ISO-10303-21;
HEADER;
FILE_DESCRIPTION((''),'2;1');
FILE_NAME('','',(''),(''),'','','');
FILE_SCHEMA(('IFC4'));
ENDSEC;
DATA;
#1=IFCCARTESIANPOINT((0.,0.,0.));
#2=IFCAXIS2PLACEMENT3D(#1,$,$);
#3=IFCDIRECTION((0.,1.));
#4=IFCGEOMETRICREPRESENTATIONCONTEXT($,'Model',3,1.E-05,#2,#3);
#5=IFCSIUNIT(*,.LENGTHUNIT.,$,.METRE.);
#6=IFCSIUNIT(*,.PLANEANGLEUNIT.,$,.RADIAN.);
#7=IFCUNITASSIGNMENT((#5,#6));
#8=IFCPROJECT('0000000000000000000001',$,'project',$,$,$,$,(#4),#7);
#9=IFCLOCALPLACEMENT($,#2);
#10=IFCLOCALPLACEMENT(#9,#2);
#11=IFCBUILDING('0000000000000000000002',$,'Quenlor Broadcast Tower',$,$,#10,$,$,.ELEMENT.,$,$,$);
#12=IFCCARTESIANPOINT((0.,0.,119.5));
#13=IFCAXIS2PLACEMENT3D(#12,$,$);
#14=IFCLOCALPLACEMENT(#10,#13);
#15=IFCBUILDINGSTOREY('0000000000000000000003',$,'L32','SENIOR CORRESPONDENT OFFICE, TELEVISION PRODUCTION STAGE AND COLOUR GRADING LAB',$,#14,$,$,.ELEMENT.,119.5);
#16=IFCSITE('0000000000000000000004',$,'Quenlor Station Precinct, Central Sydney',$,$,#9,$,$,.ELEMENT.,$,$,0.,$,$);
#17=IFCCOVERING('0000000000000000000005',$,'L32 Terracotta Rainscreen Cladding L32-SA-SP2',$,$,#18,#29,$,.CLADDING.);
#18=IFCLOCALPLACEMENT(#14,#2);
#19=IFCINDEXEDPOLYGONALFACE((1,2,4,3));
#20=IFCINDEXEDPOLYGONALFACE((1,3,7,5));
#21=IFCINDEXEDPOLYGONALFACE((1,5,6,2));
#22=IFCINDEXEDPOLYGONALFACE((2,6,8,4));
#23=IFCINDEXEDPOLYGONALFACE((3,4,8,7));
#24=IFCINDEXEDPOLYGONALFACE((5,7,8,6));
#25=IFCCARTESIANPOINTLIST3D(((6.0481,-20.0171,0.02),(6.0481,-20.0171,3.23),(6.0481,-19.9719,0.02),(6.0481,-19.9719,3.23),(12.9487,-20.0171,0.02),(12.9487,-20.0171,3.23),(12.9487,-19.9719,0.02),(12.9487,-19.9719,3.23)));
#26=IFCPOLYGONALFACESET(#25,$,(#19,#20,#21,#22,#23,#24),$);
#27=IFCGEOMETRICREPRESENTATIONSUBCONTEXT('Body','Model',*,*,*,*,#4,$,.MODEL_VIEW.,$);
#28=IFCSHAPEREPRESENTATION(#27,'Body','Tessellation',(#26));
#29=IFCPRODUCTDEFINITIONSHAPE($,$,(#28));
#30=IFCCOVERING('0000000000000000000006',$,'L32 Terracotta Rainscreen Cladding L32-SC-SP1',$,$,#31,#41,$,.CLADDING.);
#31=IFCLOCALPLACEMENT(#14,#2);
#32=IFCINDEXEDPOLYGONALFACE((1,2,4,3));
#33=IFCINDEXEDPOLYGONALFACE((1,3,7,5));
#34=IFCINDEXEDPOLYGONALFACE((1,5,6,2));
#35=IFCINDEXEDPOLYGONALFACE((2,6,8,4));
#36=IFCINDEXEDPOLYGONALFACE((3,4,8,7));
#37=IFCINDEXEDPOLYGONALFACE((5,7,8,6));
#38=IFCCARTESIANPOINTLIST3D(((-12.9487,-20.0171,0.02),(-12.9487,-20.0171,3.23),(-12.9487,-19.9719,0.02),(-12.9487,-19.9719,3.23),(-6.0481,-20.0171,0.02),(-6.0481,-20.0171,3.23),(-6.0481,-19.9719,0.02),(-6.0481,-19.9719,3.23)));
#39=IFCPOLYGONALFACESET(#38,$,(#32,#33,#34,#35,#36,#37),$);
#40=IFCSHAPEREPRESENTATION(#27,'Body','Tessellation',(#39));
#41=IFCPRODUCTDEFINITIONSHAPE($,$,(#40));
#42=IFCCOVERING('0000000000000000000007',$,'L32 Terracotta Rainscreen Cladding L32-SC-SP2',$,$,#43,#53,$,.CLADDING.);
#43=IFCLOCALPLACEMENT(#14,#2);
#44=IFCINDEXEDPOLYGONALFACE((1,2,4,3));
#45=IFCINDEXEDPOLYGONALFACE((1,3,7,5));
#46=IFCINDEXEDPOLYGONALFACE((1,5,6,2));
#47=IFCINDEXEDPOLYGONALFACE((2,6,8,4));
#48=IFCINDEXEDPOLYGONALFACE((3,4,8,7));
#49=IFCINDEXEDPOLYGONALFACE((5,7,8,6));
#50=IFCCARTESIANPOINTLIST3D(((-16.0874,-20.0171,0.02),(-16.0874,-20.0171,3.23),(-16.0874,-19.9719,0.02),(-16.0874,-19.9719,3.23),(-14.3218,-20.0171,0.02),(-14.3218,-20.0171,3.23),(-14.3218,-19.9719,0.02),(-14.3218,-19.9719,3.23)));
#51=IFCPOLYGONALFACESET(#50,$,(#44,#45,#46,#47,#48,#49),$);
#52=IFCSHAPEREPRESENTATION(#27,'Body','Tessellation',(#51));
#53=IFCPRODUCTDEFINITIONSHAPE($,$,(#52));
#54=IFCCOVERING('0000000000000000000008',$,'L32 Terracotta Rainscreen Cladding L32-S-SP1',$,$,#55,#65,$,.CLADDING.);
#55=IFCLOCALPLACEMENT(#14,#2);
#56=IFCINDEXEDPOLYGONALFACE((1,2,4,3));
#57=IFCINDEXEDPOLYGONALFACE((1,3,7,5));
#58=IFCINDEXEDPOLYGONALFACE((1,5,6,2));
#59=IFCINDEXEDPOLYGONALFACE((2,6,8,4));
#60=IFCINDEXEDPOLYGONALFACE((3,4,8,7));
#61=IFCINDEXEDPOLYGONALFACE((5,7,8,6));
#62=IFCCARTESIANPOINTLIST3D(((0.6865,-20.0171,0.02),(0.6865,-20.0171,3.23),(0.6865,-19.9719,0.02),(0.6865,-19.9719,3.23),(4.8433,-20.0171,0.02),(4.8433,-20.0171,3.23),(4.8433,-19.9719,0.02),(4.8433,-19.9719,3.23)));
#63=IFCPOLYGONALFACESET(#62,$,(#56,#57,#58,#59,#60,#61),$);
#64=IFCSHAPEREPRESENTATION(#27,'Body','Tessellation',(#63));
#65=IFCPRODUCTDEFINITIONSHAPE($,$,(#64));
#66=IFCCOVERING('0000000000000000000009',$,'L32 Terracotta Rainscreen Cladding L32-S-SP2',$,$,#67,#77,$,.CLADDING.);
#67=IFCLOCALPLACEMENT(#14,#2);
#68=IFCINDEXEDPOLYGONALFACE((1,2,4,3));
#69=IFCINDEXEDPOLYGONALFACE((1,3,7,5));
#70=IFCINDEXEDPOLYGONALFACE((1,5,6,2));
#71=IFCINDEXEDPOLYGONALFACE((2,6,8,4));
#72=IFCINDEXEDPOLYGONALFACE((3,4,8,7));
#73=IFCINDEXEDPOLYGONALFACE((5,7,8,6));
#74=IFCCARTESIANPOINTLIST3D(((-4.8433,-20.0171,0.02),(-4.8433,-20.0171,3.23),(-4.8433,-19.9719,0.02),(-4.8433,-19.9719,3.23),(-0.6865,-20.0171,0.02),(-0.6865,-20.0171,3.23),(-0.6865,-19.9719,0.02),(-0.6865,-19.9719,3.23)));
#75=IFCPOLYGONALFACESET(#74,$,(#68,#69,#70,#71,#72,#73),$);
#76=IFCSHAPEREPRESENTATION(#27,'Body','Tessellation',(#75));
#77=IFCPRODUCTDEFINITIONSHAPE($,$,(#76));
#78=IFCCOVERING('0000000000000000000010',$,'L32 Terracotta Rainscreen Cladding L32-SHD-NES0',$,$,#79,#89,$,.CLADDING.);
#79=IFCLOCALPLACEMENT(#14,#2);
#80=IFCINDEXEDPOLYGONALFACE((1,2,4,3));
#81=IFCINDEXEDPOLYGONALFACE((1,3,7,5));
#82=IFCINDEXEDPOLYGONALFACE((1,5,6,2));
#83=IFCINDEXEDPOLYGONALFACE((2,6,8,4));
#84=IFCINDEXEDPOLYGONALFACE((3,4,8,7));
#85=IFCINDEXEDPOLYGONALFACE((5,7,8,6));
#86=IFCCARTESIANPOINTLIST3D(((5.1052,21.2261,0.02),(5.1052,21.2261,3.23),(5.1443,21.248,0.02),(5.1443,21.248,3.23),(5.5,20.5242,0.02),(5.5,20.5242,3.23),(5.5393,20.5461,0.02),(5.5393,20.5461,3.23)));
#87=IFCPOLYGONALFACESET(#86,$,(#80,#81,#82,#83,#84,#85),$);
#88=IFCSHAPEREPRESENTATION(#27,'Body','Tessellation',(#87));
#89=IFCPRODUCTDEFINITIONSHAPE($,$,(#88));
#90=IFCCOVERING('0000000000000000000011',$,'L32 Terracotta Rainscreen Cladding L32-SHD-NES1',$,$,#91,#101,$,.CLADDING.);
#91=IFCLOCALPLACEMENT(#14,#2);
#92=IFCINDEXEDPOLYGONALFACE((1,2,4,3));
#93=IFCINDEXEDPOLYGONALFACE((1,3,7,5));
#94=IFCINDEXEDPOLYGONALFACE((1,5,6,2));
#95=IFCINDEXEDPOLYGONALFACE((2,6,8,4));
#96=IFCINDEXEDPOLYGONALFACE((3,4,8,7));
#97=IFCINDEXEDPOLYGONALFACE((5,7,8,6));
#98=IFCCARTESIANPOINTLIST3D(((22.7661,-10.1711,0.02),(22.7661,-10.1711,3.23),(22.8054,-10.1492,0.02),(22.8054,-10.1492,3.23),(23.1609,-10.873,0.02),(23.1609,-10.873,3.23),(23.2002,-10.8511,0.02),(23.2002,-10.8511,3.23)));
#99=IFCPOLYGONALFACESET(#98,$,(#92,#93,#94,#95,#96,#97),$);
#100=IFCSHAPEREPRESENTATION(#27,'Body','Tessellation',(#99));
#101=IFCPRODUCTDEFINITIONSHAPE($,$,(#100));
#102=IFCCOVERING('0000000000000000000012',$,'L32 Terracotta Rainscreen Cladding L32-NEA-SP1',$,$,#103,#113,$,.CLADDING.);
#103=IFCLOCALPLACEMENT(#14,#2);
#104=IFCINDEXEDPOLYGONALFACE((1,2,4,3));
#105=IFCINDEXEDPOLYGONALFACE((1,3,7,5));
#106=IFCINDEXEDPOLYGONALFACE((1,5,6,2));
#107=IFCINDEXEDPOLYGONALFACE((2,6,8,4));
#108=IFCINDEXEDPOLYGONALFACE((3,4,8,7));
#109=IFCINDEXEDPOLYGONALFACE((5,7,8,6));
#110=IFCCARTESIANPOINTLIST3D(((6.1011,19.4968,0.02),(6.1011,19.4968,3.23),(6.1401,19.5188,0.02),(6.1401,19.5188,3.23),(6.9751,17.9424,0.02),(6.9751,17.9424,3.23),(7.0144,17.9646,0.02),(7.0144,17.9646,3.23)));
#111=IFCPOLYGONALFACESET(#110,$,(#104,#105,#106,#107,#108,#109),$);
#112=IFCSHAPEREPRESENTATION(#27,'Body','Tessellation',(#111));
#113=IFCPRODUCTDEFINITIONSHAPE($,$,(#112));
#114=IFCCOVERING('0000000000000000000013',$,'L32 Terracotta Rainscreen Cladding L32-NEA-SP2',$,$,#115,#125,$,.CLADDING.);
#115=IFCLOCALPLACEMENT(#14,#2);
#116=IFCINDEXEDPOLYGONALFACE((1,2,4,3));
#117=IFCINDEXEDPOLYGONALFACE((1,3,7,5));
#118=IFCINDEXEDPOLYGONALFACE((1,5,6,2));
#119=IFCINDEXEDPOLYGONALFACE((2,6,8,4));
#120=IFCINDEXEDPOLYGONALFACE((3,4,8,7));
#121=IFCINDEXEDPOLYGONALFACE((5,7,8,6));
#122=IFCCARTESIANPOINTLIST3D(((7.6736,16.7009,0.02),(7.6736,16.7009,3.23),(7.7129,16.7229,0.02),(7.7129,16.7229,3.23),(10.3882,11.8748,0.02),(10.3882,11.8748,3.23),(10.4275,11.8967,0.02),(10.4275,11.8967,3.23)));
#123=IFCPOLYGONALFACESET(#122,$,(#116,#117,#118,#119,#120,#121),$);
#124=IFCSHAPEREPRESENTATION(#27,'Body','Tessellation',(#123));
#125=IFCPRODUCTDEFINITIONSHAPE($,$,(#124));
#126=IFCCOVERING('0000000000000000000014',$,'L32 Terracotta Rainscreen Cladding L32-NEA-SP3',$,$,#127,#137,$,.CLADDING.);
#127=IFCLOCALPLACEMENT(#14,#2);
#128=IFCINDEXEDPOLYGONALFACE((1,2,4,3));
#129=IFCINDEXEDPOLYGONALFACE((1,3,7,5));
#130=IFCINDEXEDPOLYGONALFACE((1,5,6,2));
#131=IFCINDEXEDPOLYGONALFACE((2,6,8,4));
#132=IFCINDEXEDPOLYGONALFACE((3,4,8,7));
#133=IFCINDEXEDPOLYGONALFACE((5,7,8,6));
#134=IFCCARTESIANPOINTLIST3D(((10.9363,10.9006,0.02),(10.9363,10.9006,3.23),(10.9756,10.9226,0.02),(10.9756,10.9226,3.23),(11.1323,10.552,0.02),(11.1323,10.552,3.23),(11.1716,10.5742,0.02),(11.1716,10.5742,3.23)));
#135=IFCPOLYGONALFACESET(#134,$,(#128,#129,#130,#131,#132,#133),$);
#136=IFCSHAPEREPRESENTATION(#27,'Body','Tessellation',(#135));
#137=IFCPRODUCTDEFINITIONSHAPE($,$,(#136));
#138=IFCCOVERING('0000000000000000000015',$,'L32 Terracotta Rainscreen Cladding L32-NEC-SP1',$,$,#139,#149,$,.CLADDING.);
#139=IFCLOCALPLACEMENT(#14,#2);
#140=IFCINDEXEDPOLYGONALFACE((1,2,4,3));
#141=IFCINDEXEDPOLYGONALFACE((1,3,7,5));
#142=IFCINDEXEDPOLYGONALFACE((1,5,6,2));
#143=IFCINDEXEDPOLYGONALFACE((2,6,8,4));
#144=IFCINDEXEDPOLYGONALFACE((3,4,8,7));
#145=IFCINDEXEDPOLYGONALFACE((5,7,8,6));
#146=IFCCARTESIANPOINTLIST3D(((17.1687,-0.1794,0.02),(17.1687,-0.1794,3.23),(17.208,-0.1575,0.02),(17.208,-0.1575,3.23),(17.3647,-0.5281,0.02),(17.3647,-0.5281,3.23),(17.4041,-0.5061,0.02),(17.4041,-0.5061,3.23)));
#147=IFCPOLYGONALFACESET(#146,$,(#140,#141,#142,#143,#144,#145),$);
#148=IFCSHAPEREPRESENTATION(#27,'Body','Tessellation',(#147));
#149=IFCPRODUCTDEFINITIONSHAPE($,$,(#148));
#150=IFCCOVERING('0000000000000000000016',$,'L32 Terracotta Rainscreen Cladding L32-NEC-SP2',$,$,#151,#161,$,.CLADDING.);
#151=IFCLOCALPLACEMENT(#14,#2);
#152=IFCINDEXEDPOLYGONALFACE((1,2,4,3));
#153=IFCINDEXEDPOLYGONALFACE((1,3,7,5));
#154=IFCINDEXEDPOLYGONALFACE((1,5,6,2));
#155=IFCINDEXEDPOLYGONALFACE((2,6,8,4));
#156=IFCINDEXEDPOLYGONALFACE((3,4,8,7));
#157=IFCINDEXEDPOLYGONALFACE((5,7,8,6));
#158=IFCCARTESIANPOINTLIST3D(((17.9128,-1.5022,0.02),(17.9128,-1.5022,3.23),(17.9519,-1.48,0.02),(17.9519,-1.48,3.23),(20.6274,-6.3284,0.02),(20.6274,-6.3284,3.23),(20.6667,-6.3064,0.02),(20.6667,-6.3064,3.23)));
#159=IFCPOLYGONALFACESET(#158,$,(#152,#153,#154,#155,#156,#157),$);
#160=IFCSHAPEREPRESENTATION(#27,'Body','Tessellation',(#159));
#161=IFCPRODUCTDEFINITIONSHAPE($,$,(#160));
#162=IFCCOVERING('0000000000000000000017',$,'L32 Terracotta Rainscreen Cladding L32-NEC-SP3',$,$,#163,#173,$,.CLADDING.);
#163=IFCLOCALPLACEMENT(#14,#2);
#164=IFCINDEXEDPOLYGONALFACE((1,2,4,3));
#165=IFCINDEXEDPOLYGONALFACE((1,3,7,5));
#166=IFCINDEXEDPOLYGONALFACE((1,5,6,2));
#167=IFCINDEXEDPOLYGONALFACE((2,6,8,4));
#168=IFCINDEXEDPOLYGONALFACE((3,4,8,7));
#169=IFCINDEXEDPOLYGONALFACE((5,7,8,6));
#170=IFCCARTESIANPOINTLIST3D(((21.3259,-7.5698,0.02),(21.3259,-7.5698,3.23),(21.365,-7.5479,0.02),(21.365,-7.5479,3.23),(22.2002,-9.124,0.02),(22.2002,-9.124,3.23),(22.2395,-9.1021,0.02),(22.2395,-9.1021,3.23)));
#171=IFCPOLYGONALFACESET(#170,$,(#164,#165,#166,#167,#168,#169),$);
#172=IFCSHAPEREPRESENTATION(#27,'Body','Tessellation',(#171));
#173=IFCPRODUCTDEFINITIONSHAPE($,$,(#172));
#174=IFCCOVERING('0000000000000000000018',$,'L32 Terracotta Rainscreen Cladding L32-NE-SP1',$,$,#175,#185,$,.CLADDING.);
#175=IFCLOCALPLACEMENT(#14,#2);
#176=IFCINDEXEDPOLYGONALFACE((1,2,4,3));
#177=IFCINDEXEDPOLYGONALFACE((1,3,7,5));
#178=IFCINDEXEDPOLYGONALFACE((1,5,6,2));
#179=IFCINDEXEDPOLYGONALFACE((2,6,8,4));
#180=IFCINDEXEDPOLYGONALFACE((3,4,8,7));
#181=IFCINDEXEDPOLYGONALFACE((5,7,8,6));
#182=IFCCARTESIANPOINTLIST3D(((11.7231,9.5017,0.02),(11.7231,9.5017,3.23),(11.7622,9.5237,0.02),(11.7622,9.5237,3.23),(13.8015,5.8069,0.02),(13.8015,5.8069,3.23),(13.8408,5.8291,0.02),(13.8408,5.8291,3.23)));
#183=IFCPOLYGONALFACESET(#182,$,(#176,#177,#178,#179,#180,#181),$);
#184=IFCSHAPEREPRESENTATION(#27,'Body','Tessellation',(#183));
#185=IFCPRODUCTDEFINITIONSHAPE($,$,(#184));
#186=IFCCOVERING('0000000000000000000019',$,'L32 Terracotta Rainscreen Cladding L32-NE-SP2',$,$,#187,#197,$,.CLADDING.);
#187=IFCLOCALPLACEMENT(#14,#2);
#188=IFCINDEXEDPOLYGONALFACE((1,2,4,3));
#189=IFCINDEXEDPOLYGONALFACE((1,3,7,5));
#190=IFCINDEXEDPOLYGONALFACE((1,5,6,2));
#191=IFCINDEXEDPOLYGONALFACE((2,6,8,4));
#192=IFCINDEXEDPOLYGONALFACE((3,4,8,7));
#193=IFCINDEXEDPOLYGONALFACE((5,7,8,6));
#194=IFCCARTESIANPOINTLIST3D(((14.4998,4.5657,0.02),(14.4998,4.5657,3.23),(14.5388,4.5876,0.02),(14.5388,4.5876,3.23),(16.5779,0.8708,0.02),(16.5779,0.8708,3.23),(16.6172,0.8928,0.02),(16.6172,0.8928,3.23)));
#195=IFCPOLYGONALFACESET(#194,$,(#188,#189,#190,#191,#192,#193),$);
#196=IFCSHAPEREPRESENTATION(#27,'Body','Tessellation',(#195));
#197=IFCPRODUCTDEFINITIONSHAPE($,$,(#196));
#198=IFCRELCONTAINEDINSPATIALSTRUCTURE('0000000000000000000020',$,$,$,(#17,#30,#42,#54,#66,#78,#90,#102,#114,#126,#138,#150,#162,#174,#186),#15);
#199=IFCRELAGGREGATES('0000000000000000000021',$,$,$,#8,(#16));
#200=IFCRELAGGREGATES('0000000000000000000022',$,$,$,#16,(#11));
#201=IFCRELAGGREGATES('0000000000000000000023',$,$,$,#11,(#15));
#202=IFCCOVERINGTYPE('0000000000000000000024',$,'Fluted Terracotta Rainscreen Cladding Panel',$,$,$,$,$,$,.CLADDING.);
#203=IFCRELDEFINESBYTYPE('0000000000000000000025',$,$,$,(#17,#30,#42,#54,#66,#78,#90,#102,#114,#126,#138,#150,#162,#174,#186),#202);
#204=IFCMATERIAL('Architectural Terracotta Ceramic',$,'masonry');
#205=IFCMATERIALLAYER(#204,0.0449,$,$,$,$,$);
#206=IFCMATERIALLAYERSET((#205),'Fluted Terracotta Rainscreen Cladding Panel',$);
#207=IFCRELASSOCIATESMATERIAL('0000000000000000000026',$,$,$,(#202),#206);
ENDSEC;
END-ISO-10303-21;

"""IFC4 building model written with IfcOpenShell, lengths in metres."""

from ifc_helpers import new_model, si_unit, direction, frame, origin, place, context, subcontext, project, spatial, polyline, outline, extrude, material, layer, layer_set, type_object, element, save


model = new_model("IFC4")

# Units and contexts
model_context = context("Model", 3, precision=1e-05, world=origin(), true_north=direction((0.0, 1.0)))
body_context = subcontext(model_context, "Body", "Model", "MODEL_VIEW")
ifc_project = project(units=[si_unit("LENGTHUNIT", "METRE"), si_unit("PLANEANGLEUNIT", "RADIAN")], contexts=[model_context])

# Site, building, storey
site_placement = place(None, origin())
site = spatial("IfcSite", under=ifc_project, at=site_placement, Name="Quenlor Station Precinct, Central Sydney", CompositionType="ELEMENT", RefElevation=0.0)
building_placement = place(site_placement, origin())
building = spatial("IfcBuilding", under=site, at=building_placement, Name="Quenlor Broadcast Tower", CompositionType="ELEMENT")
storey_placement = place(building_placement, frame((0.0, 0.0, 119.5)))
storey = spatial("IfcBuildingStorey", under=building, at=storey_placement, Name="L32", Description="SENIOR CORRESPONDENT OFFICE, TELEVISION PRODUCTION STAGE AND COLOUR GRADING LAB", CompositionType="ELEMENT", Elevation=119.5)

# Coverings
ifc_material_1 = material(Name="Architectural Terracotta Ceramic", Category="masonry")
ifc_layer_1 = layer(ifc_material_1, 0.0449)
ifc_layer_set_1 = layer_set([ifc_layer_1], Name="Fluted Terracotta Rainscreen Cladding Panel")
covering_type = type_object("IfcCoveringType", Name="Fluted Terracotta Rainscreen Cladding Panel", PredefinedType="CLADDING", material=ifc_layer_set_1)
covering_1_placement = place(storey_placement, frame((0.0, 0.0, 0.02)))
element("IfcCovering", 1, at=covering_1_placement, inside=storey, type_object=covering_type, Name="L32 Terracotta Rainscreen Cladding L32-SA-SP2", PredefinedType="CLADDING", context=body_context, shape_type="SweptSolid", body=[
    extrude(outline(polyline([(12.9487, -19.9719), (6.0481, -19.9719), (6.0481, -20.0171), (12.9487, -20.0171), (12.9487, -19.9719)])), origin(), (0.0, 0.0, 1.0), 3.21),
])
covering_2_placement = place(storey_placement, frame((0.0, 0.0, 0.02)))
element("IfcCovering", 2, at=covering_2_placement, inside=storey, type_object=covering_type, Name="L32 Terracotta Rainscreen Cladding L32-SC-SP1", PredefinedType="CLADDING", context=body_context, shape_type="SweptSolid", body=[
    extrude(outline(polyline([(-6.0481, -19.9719), (-12.9487, -19.9719), (-12.9487, -20.0171), (-6.0481, -20.0171), (-6.0481, -19.9719)])), origin(), (0.0, 0.0, 1.0), 3.21),
])
covering_3_placement = place(storey_placement, frame((0.0, 0.0, 0.02)))
element("IfcCovering", 3, at=covering_3_placement, inside=storey, type_object=covering_type, Name="L32 Terracotta Rainscreen Cladding L32-SC-SP2", PredefinedType="CLADDING", context=body_context, shape_type="SweptSolid", body=[
    extrude(outline(polyline([(-14.3218, -19.9719), (-16.0874, -19.9719), (-16.0874, -20.0171), (-14.3218, -20.0171), (-14.3218, -19.9719)])), origin(), (0.0, 0.0, 1.0), 3.21),
])
covering_4_placement = place(storey_placement, frame((0.0, 0.0, 0.02)))
element("IfcCovering", 4, at=covering_4_placement, inside=storey, type_object=covering_type, Name="L32 Terracotta Rainscreen Cladding L32-S-SP1", PredefinedType="CLADDING", context=body_context, shape_type="SweptSolid", body=[
    extrude(outline(polyline([(4.8433, -19.9719), (0.6865, -19.9719), (0.6865, -20.0171), (4.8433, -20.0171), (4.8433, -19.9719)])), origin(), (0.0, 0.0, 1.0), 3.21),
])
covering_5_placement = place(storey_placement, frame((0.0, 0.0, 0.02)))
element("IfcCovering", 5, at=covering_5_placement, inside=storey, type_object=covering_type, Name="L32 Terracotta Rainscreen Cladding L32-S-SP2", PredefinedType="CLADDING", context=body_context, shape_type="SweptSolid", body=[
    extrude(outline(polyline([(-0.6865, -19.9719), (-4.8433, -19.9719), (-4.8433, -20.0171), (-0.6865, -20.0171), (-0.6865, -19.9719)])), origin(), (0.0, 0.0, 1.0), 3.21),
])
covering_6_placement = place(storey_placement, frame((0.0, 0.0, 0.02)))
element("IfcCovering", 6, at=covering_6_placement, inside=storey, type_object=covering_type, Name="L32 Terracotta Rainscreen Cladding L32-SHD-NES0", PredefinedType="CLADDING", context=body_context, shape_type="SweptSolid", body=[
    extrude(outline(polyline([(5.1052, 21.2261), (5.5, 20.5242), (5.5393, 20.5461), (5.1443, 21.248), (5.1052, 21.2261)])), origin(), (0.0, 0.0, 1.0), 3.21),
])
covering_7_placement = place(storey_placement, frame((0.0, 0.0, 0.02)))
element("IfcCovering", 7, at=covering_7_placement, inside=storey, type_object=covering_type, Name="L32 Terracotta Rainscreen Cladding L32-SHD-NES1", PredefinedType="CLADDING", context=body_context, shape_type="SweptSolid", body=[
    extrude(outline(polyline([(22.7661, -10.1711), (23.1609, -10.873), (23.2002, -10.8511), (22.8054, -10.1492), (22.7661, -10.1711)])), origin(), (0.0, 0.0, 1.0), 3.21),
])
covering_8_placement = place(storey_placement, frame((0.0, 0.0, 0.02)))
element("IfcCovering", 8, at=covering_8_placement, inside=storey, type_object=covering_type, Name="L32 Terracotta Rainscreen Cladding L32-NEA-SP1", PredefinedType="CLADDING", context=body_context, shape_type="SweptSolid", body=[
    extrude(outline(polyline([(6.1011, 19.4968), (6.9751, 17.9424), (7.0144, 17.9646), (6.1401, 19.5188), (6.1011, 19.4968)])), origin(), (0.0, 0.0, 1.0), 3.21),
])
covering_9_placement = place(storey_placement, frame((0.0, 0.0, 0.02)))
element("IfcCovering", 9, at=covering_9_placement, inside=storey, type_object=covering_type, Name="L32 Terracotta Rainscreen Cladding L32-NEA-SP2", PredefinedType="CLADDING", context=body_context, shape_type="SweptSolid", body=[
    extrude(outline(polyline([(7.6736, 16.7009), (10.3882, 11.8748), (10.4275, 11.8967), (7.7129, 16.7229), (7.6736, 16.7009)])), origin(), (0.0, 0.0, 1.0), 3.21),
])
covering_10_placement = place(storey_placement, frame((0.0, 0.0, 0.02)))
element("IfcCovering", 10, at=covering_10_placement, inside=storey, type_object=covering_type, Name="L32 Terracotta Rainscreen Cladding L32-NEA-SP3", PredefinedType="CLADDING", context=body_context, shape_type="SweptSolid", body=[
    extrude(outline(polyline([(10.9363, 10.9006), (11.1323, 10.552), (11.1716, 10.5742), (10.9756, 10.9226), (10.9363, 10.9006)])), origin(), (0.0, 0.0, 1.0), 3.21),
])
covering_11_placement = place(storey_placement, frame((0.0, 0.0, 0.02)))
element("IfcCovering", 11, at=covering_11_placement, inside=storey, type_object=covering_type, Name="L32 Terracotta Rainscreen Cladding L32-NEC-SP1", PredefinedType="CLADDING", context=body_context, shape_type="SweptSolid", body=[
    extrude(outline(polyline([(17.1687, -0.1794), (17.3647, -0.5281), (17.4041, -0.5061), (17.208, -0.1575), (17.1687, -0.1794)])), origin(), (0.0, 0.0, 1.0), 3.21),
])
covering_12_placement = place(storey_placement, frame((0.0, 0.0, 0.02)))
element("IfcCovering", 12, at=covering_12_placement, inside=storey, type_object=covering_type, Name="L32 Terracotta Rainscreen Cladding L32-NEC-SP2", PredefinedType="CLADDING", context=body_context, shape_type="SweptSolid", body=[
    extrude(outline(polyline([(17.9128, -1.5022), (20.6274, -6.3284), (20.6667, -6.3064), (17.9519, -1.48), (17.9128, -1.5022)])), origin(), (0.0, 0.0, 1.0), 3.21),
])
covering_13_placement = place(storey_placement, frame((0.0, 0.0, 0.02)))
element("IfcCovering", 13, at=covering_13_placement, inside=storey, type_object=covering_type, Name="L32 Terracotta Rainscreen Cladding L32-NEC-SP3", PredefinedType="CLADDING", context=body_context, shape_type="SweptSolid", body=[
    extrude(outline(polyline([(21.3259, -7.5698), (22.2002, -9.124), (22.2395, -9.1021), (21.365, -7.5479), (21.3259, -7.5698)])), origin(), (0.0, 0.0, 1.0), 3.21),
])
covering_14_placement = place(storey_placement, frame((0.0, 0.0, 0.02)))
element("IfcCovering", 14, at=covering_14_placement, inside=storey, type_object=covering_type, Name="L32 Terracotta Rainscreen Cladding L32-NE-SP1", PredefinedType="CLADDING", context=body_context, shape_type="SweptSolid", body=[
    extrude(outline(polyline([(11.7231, 9.5017), (13.8015, 5.8069), (13.8408, 5.8291), (11.7622, 9.5237), (11.7231, 9.5017)])), origin(), (0.0, 0.0, 1.0), 3.21),
])
covering_15_placement = place(storey_placement, frame((0.0, 0.0, 0.02)))
element("IfcCovering", 15, at=covering_15_placement, inside=storey, type_object=covering_type, Name="L32 Terracotta Rainscreen Cladding L32-NE-SP2", PredefinedType="CLADDING", context=body_context, shape_type="SweptSolid", body=[
    extrude(outline(polyline([(14.4998, 4.5657), (16.5779, 0.8708), (16.6172, 0.8928), (14.5388, 4.5876), (14.4998, 4.5657)])), origin(), (0.0, 0.0, 1.0), 3.21),
])

save(model, "model.ifc")
